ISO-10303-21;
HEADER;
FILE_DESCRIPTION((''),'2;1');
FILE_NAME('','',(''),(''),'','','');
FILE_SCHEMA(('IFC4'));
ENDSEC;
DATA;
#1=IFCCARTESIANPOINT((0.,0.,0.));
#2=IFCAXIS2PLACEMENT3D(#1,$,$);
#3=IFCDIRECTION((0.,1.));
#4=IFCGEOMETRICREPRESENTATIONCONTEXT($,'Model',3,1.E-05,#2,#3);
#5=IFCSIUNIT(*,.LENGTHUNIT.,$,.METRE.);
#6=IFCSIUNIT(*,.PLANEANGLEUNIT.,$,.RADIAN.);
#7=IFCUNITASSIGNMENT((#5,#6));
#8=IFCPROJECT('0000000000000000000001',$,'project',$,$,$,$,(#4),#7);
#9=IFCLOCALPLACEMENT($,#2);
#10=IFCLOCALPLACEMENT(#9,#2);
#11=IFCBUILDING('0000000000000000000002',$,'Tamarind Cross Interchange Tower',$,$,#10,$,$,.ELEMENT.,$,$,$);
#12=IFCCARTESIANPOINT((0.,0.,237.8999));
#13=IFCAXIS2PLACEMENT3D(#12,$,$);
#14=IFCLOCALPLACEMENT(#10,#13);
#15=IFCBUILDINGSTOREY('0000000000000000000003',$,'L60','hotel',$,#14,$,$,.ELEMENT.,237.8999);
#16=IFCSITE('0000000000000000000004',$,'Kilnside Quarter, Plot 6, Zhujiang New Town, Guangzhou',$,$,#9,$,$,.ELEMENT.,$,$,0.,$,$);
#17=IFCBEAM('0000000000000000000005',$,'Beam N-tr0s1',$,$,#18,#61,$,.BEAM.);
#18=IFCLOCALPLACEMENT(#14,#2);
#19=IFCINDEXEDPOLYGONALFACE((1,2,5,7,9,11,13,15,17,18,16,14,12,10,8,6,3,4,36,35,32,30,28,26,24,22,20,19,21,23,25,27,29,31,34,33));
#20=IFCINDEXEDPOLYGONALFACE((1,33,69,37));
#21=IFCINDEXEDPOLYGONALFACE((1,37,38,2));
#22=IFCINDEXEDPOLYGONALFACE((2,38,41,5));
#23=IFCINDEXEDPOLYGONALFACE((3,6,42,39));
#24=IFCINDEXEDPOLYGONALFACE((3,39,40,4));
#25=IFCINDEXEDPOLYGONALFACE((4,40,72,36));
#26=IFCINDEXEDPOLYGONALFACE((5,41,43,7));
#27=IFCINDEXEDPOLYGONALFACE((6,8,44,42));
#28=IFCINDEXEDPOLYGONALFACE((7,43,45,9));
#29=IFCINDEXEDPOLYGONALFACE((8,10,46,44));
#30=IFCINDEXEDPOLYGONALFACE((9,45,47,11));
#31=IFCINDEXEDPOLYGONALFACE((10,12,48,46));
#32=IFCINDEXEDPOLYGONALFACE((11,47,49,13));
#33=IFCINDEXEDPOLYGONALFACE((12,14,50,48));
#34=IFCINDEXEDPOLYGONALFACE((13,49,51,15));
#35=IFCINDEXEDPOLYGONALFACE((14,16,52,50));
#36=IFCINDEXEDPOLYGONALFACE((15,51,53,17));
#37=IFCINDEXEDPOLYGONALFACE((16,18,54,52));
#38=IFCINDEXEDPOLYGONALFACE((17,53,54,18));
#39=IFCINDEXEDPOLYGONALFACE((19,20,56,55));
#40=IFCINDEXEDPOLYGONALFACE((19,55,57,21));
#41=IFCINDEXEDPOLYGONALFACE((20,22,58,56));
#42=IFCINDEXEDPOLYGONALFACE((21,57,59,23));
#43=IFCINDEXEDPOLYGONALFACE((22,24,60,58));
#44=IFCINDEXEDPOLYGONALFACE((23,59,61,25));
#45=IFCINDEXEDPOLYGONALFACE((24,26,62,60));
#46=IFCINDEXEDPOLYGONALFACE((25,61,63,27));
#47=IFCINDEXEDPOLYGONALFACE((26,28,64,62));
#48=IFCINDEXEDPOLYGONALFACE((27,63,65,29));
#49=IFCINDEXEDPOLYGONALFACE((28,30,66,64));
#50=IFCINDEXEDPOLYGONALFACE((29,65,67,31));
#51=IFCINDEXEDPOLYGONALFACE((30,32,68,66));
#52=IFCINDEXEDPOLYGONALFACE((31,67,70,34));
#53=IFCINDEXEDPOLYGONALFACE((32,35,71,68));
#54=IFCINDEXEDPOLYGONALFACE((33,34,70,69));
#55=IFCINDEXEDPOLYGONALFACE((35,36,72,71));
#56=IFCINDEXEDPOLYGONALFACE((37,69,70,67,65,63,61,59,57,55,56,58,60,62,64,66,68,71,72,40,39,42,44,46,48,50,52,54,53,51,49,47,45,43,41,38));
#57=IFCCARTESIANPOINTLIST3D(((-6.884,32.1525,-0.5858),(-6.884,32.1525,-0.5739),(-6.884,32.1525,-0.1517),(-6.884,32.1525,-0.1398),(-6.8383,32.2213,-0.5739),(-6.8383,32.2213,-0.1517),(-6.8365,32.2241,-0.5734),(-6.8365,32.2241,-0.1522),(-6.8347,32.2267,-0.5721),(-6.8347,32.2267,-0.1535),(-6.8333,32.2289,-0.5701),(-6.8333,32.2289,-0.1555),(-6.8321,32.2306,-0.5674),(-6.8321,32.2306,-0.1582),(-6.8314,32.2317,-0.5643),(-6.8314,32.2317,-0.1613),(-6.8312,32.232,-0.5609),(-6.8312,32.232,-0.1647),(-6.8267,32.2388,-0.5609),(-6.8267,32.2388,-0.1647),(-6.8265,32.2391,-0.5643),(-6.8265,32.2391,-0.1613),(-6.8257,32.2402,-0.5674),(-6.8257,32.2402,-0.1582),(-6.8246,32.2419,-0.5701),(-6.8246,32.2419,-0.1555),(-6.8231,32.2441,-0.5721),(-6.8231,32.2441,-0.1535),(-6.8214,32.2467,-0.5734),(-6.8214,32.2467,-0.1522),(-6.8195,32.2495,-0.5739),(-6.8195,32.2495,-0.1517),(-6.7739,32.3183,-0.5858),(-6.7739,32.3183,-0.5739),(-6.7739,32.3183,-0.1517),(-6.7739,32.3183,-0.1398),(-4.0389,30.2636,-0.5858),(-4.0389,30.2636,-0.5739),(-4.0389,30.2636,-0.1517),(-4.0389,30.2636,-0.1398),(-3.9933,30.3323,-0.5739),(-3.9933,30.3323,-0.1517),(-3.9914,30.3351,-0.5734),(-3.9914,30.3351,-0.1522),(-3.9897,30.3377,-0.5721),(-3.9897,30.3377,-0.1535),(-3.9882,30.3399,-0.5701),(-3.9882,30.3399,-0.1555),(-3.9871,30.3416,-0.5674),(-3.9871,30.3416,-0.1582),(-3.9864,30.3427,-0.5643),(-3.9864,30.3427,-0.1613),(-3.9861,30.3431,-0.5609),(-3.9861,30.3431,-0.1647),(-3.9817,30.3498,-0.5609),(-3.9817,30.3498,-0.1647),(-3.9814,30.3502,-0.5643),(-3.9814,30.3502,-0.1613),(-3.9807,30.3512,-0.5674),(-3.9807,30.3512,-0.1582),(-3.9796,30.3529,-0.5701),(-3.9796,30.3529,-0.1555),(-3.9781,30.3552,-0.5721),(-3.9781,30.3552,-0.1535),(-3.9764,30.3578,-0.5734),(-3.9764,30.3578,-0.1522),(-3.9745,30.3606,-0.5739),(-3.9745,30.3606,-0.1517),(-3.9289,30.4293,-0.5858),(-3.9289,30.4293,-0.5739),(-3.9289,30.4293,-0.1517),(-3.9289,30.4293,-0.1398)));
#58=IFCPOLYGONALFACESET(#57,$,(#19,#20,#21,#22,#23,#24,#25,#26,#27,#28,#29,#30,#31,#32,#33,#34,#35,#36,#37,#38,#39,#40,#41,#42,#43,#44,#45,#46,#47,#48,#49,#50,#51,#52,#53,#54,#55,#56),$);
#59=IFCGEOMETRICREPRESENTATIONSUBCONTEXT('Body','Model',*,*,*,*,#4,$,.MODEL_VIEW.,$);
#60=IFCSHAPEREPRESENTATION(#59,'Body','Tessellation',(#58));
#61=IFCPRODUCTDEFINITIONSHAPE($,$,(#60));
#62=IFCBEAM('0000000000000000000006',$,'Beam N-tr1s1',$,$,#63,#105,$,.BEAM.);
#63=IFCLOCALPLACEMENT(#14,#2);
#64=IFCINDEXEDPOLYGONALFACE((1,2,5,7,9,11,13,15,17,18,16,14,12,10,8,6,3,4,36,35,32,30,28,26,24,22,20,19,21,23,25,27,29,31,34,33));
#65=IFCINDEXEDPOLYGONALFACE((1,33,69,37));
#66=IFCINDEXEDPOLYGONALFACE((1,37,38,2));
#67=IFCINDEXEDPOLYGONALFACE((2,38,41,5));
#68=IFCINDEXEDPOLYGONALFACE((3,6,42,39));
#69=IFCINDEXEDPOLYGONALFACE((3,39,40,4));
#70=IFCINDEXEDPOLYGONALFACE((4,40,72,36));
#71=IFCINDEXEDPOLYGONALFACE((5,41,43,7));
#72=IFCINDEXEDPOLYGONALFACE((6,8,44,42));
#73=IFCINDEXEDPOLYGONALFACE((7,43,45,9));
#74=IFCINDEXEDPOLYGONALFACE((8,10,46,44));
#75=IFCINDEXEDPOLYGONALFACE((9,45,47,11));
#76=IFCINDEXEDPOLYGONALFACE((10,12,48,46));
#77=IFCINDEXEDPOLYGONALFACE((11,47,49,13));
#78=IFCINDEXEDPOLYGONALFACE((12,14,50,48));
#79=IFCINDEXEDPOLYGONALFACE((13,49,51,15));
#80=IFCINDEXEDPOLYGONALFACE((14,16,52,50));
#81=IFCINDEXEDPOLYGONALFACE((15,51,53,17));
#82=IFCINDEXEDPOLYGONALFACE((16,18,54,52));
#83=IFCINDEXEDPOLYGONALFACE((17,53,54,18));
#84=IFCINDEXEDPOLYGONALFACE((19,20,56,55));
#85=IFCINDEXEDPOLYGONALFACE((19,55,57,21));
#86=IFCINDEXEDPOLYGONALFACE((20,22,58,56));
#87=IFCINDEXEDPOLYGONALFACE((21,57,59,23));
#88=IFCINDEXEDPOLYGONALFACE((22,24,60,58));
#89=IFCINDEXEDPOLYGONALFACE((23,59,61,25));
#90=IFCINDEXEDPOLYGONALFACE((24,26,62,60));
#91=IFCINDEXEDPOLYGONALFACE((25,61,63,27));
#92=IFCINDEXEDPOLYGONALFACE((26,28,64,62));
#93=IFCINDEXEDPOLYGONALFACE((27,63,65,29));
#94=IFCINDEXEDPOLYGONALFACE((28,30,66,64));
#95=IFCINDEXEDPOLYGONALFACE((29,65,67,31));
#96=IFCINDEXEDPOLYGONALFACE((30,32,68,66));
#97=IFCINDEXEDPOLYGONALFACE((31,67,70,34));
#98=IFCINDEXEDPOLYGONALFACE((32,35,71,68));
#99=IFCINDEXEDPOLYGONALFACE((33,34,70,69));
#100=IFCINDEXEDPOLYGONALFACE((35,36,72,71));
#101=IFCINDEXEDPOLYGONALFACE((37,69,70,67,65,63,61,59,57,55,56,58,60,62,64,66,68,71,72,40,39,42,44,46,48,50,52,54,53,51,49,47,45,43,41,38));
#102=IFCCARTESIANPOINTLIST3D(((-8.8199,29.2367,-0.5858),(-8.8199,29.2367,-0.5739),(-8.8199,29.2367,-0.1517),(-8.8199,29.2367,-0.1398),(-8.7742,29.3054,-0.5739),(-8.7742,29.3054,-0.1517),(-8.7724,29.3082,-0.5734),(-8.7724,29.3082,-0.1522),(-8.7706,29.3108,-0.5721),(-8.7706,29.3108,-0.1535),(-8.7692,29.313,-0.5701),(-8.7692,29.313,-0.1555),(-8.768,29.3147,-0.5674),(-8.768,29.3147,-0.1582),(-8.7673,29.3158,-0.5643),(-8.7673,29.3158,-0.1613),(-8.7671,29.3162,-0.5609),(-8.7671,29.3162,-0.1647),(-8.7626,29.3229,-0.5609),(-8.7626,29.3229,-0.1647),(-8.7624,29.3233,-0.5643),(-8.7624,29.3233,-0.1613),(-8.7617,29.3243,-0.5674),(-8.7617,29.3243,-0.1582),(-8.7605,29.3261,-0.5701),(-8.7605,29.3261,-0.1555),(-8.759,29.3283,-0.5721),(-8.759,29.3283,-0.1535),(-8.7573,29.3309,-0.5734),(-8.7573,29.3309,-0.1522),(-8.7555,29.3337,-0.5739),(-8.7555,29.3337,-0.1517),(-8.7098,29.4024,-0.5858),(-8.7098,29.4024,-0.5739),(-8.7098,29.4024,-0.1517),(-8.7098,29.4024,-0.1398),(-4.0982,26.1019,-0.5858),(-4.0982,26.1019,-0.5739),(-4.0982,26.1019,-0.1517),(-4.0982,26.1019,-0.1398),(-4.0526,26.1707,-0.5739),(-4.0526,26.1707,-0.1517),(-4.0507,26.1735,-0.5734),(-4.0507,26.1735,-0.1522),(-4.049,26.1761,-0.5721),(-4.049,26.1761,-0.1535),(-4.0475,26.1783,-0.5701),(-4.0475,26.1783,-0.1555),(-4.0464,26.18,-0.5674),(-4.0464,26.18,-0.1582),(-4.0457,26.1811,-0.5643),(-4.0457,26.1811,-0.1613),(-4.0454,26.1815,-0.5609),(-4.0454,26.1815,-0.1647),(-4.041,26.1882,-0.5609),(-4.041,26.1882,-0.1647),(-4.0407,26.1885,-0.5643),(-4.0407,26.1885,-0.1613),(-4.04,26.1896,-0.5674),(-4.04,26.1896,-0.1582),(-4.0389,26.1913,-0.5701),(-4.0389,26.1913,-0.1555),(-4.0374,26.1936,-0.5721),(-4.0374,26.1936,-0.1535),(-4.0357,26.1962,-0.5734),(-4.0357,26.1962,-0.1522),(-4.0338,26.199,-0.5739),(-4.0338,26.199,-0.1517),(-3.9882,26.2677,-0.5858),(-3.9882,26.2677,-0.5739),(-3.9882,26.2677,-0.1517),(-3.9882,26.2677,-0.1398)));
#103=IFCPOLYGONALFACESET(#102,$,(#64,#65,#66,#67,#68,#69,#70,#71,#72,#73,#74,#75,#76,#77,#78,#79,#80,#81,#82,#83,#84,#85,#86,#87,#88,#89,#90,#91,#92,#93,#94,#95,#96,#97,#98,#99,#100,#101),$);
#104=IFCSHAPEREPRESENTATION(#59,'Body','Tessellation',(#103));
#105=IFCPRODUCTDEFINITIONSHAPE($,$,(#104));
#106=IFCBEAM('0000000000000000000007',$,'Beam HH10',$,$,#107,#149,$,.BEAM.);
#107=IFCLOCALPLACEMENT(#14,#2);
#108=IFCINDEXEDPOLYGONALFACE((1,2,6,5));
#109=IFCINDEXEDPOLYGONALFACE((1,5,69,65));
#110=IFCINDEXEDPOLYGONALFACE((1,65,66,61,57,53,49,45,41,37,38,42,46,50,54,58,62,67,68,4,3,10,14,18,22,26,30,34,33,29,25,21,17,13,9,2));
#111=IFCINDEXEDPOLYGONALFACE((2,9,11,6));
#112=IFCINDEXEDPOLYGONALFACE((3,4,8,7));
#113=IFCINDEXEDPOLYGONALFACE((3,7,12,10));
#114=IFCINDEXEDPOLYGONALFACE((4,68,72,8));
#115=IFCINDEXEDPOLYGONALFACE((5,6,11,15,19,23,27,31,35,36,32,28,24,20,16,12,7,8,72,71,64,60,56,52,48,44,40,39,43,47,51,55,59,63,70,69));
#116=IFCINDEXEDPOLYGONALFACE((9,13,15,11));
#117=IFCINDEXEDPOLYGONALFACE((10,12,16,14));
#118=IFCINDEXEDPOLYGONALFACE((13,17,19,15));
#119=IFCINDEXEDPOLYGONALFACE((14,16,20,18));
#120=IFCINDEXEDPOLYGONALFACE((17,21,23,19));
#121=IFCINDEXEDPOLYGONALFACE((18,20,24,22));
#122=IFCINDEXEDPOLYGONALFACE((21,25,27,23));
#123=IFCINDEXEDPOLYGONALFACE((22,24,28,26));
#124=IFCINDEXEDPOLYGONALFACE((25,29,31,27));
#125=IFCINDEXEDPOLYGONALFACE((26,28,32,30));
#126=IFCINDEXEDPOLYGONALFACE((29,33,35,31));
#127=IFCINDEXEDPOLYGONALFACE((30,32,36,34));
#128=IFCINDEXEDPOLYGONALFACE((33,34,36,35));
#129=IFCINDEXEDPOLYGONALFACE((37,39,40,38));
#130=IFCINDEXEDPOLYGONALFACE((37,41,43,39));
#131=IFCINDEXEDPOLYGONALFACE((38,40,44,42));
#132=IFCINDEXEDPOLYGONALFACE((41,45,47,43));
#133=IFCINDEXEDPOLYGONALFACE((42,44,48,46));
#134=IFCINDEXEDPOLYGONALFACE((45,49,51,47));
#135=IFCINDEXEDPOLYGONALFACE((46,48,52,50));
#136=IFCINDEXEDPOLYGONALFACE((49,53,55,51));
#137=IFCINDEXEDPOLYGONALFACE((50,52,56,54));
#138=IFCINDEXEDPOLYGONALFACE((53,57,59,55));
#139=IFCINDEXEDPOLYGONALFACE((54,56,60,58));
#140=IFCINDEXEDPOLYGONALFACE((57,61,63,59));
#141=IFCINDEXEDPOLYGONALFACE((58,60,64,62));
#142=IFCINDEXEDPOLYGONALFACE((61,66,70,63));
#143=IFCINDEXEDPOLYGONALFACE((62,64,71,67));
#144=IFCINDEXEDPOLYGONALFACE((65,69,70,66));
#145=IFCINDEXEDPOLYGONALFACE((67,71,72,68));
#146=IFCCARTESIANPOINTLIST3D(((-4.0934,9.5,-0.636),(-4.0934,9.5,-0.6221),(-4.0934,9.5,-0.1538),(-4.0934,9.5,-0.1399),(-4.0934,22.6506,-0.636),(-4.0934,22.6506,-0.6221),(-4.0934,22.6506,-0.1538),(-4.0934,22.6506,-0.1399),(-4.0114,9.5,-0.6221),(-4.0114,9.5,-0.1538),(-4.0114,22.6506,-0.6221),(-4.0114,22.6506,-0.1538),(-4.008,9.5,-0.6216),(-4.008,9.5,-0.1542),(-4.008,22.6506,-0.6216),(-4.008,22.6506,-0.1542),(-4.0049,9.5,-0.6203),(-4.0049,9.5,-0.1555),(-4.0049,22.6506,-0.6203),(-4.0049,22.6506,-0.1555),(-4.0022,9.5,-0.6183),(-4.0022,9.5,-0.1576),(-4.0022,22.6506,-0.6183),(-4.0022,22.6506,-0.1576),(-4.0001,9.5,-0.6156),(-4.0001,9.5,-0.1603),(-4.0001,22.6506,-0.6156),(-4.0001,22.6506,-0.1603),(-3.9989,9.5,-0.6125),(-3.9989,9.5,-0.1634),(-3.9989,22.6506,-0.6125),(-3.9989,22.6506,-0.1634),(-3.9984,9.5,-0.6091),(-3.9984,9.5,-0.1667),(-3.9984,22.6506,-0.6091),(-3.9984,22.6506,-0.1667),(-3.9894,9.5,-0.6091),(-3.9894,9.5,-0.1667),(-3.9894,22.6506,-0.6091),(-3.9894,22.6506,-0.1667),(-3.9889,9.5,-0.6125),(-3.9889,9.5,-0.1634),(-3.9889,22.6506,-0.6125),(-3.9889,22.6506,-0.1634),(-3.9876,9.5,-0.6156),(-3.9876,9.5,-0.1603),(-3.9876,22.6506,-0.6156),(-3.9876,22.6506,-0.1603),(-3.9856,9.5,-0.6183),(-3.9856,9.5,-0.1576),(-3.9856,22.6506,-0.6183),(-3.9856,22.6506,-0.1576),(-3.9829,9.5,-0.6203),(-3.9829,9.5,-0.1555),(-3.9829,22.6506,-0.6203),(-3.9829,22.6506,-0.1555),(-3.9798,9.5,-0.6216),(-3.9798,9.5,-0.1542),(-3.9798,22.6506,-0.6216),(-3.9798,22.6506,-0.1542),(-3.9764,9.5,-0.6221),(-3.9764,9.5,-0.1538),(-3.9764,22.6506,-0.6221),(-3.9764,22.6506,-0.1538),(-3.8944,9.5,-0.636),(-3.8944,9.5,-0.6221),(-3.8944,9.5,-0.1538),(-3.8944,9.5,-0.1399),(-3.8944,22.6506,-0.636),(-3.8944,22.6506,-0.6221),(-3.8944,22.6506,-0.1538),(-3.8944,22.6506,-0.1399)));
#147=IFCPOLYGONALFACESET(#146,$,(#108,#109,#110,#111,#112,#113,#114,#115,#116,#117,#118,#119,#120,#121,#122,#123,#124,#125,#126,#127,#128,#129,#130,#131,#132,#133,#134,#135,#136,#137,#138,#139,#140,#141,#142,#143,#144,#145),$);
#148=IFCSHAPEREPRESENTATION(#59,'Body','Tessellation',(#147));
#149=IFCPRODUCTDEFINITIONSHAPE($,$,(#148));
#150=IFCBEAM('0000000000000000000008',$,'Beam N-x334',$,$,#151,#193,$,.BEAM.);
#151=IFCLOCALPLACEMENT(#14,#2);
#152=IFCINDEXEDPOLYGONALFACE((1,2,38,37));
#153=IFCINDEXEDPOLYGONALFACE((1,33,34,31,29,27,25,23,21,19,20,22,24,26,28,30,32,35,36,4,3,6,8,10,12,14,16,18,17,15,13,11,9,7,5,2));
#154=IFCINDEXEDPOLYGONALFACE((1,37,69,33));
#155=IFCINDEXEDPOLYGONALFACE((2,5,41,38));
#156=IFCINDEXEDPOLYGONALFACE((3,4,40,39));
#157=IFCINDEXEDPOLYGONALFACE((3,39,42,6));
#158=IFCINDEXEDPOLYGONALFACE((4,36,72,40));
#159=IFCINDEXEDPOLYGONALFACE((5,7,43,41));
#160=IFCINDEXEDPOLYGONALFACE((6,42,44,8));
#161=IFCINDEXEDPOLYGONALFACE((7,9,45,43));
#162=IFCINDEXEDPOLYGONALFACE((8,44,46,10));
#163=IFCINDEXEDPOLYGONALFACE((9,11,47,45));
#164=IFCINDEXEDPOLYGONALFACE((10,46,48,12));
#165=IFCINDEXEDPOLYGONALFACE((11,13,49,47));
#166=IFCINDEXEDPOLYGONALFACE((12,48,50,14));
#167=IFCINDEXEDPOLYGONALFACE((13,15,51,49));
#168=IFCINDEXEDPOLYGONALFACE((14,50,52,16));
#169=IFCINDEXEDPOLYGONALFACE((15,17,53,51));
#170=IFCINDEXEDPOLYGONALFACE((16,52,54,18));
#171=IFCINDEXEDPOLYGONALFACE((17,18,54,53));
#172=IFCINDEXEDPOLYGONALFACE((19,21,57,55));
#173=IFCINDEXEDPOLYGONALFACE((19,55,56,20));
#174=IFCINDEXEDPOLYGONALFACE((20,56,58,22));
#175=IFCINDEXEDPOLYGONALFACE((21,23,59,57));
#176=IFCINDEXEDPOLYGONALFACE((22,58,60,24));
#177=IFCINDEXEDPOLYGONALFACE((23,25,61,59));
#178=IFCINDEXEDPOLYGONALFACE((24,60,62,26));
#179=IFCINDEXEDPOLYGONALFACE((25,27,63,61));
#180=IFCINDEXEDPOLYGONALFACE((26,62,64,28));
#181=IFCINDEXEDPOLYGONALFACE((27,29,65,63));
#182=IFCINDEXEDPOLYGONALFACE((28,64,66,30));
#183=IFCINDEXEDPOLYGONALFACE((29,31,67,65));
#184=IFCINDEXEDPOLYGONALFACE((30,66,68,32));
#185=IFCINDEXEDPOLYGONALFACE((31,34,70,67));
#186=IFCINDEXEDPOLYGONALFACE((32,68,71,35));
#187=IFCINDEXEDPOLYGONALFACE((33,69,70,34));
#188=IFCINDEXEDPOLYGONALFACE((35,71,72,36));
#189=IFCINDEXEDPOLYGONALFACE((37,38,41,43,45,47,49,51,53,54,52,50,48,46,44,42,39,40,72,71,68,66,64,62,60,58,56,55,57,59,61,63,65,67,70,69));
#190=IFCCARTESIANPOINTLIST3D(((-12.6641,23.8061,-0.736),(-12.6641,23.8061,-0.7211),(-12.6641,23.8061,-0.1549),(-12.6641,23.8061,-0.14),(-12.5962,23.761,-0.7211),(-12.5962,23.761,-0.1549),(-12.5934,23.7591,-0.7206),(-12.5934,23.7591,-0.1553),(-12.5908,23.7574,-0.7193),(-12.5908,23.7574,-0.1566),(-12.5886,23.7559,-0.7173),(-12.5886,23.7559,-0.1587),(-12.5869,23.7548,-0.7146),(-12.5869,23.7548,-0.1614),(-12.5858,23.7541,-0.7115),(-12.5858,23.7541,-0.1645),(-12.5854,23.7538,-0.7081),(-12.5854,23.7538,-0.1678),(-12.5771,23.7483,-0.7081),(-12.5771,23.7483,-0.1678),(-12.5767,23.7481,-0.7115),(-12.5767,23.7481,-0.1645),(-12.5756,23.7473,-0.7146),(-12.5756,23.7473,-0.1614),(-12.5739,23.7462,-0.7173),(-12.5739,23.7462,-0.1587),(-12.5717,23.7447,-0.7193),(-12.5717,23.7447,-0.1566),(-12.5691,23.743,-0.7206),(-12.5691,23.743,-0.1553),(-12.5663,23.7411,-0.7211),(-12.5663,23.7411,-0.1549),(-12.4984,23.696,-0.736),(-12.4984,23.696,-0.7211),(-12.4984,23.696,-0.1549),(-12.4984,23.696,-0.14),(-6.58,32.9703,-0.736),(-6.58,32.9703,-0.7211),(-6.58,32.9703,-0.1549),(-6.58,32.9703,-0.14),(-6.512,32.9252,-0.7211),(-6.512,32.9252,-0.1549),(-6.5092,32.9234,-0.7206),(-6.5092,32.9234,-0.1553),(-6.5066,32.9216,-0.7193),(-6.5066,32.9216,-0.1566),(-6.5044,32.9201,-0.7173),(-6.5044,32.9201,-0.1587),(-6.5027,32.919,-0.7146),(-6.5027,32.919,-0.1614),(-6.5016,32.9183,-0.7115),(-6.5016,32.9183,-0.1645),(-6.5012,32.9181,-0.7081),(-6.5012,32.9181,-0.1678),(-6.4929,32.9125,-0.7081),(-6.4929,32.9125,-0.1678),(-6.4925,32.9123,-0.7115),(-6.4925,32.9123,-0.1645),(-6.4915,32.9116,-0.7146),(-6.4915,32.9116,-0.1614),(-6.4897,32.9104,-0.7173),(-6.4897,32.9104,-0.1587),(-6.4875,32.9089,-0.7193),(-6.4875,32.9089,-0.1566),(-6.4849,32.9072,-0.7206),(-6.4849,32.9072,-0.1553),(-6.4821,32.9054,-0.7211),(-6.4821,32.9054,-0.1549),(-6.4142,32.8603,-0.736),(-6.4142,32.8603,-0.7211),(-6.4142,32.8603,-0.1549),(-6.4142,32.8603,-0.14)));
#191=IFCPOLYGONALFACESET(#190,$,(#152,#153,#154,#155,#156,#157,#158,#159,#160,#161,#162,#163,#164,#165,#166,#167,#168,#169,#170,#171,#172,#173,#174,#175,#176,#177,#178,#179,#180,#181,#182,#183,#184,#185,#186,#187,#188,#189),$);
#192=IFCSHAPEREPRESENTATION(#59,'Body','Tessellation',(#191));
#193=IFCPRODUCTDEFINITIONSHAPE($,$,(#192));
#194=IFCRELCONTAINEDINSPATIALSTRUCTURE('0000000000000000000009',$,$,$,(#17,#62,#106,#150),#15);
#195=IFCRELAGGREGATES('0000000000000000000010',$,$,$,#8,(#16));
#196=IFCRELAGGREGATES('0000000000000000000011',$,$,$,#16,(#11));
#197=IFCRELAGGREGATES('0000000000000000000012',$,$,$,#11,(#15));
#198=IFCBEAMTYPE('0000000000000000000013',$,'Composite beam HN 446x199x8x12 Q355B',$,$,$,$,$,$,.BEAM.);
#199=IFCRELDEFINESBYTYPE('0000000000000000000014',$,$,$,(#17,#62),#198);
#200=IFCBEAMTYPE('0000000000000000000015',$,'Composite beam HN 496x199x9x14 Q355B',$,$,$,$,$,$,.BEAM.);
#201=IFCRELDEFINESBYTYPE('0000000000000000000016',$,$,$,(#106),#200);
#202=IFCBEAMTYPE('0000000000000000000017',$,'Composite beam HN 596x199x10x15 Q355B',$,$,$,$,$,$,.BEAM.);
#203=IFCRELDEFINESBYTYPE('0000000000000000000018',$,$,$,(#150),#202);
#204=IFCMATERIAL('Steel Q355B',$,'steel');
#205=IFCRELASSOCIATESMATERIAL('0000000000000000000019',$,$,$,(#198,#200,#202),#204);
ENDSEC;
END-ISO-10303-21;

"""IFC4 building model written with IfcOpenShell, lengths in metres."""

from ifc_helpers import new_model, si_unit, direction, frame, origin, origin_2d, place, context, subcontext, project, spatial, i_section, extrude, material, material_profile, profile_set, type_object, element, save


model = new_model("IFC4")

# Units and contexts
model_context = context("Model", 3, precision=1e-05, world=origin(), true_north=direction((0.0, 1.0)))
body_context = subcontext(model_context, "Body", "Model", "MODEL_VIEW")
ifc_project = project(units=[si_unit("LENGTHUNIT", "METRE"), si_unit("PLANEANGLEUNIT", "RADIAN")], contexts=[model_context])

# Site, building, storey
site_placement = place(None, origin())
site = spatial("IfcSite", under=ifc_project, at=site_placement, Name="Kilnside Quarter, Plot 6, Zhujiang New Town, Guangzhou", CompositionType="ELEMENT", RefElevation=0.0)
building_placement = place(site_placement, origin())
building = spatial("IfcBuilding", under=site, at=building_placement, Name="Tamarind Cross Interchange Tower", CompositionType="ELEMENT")
storey_placement = place(building_placement, frame((0.0, 0.0, 237.8999)))
storey = spatial("IfcBuildingStorey", under=building, at=storey_placement, Name="L60", Description="hotel", CompositionType="ELEMENT", Elevation=237.8999)

# Beams
ifc_material_1 = material(Name="Steel Q355B", Category="steel")
ifc_material_profile_1 = material_profile(ifc_material_1, i_section(OverallWidth=0.199, OverallDepth=0.446, WebThickness=0.0081, FlangeThickness=0.012, FilletRadius=0.0129, at=origin_2d()), Name="HN 446x199x8x12")
ifc_profile_set_1 = profile_set([ifc_material_profile_1], Name="Steel Q355B")
beam_type_1 = type_object("IfcBeamType", Name="Composite beam HN 446x199x8x12 Q355B", PredefinedType="BEAM", material=ifc_profile_set_1)
beam_1_placement = place(storey_placement, frame((-3.9839, 30.3464, -0.3628), z_axis=(-0.833094, 0.553132, 0.0), x_axis=(-0.553132, -0.833094, 0.0)))
element("IfcBeam", 1, at=beam_1_placement, inside=storey, type_object=beam_type_1, Name="Beam N-tr0s1", PredefinedType="BEAM", context=body_context, shape_type="SweptSolid", body=[
    extrude(i_section(OverallWidth=0.199, OverallDepth=0.446, WebThickness=0.0081, FlangeThickness=0.012, FilletRadius=0.0129, at=origin_2d()), origin(), (0.0, 0.0, 1.0), 3.415),
])
beam_2_placement = place(storey_placement, frame((-4.0432, 26.1848, -0.3628), z_axis=(-0.833109, 0.553109, 0.0), x_axis=(-0.553109, -0.833109, 0.0)))
element("IfcBeam", 2, at=beam_2_placement, inside=storey, type_object=beam_type_1, Name="Beam N-tr1s1", PredefinedType="BEAM", context=body_context, shape_type="SweptSolid", body=[
    extrude(i_section(OverallWidth=0.199, OverallDepth=0.446, WebThickness=0.0081, FlangeThickness=0.012, FilletRadius=0.0129, at=origin_2d()), origin(), (0.0, 0.0, 1.0), 5.6675),
])
ifc_material_profile_2 = material_profile(ifc_material_1, i_section(OverallWidth=0.199, OverallDepth=0.4961, WebThickness=0.009, FlangeThickness=0.0139, FilletRadius=0.0129, at=origin_2d()), Name="HN 496x199x9x14")
ifc_profile_set_2 = profile_set([ifc_material_profile_2], Name="Steel Q355B")
beam_type_2 = type_object("IfcBeamType", Name="Composite beam HN 496x199x9x14 Q355B", PredefinedType="BEAM", material=ifc_profile_set_2)
beam_3_placement = place(storey_placement, frame((-3.9939, 22.6506, -0.3879), z_axis=(0.0, -1.0, 0.0), x_axis=(1.0, 0.0, 0.0)))
element("IfcBeam", 3, at=beam_3_placement, inside=storey, type_object=beam_type_2, Name="Beam HH10", PredefinedType="BEAM", context=body_context, shape_type="SweptSolid", body=[
    extrude(i_section(OverallWidth=0.199, OverallDepth=0.4961, WebThickness=0.009, FlangeThickness=0.0139, FilletRadius=0.0129, at=origin_2d()), origin(), (0.0, 0.0, 1.0), 13.1506),
])
ifc_material_profile_3 = material_profile(ifc_material_1, i_section(OverallWidth=0.199, OverallDepth=0.5959, WebThickness=0.01, FlangeThickness=0.0149, FilletRadius=0.0129, at=origin_2d()), Name="HN 596x199x10x15")
ifc_profile_set_3 = profile_set([ifc_material_profile_3], Name="Steel Q355B")
beam_type_3 = type_object("IfcBeamType", Name="Composite beam HN 596x199x10x15 Q355B", PredefinedType="BEAM", material=ifc_profile_set_3)
beam_4_placement = place(storey_placement, frame((-6.4971, 32.9153, -0.438), z_axis=(-0.553106, -0.833111, 0.0), x_axis=(0.833111, -0.553106, 0.0)))
element("IfcBeam", 4, at=beam_4_placement, inside=storey, type_object=beam_type_3, Name="Beam N-x334", PredefinedType="BEAM", context=body_context, shape_type="SweptSolid", body=[
    extrude(i_section(OverallWidth=0.199, OverallDepth=0.5959, WebThickness=0.01, FlangeThickness=0.0149, FilletRadius=0.0129, at=origin_2d()), origin(), (0.0, 0.0, 1.0), 11.0),
])

save(model, "model.ifc")
